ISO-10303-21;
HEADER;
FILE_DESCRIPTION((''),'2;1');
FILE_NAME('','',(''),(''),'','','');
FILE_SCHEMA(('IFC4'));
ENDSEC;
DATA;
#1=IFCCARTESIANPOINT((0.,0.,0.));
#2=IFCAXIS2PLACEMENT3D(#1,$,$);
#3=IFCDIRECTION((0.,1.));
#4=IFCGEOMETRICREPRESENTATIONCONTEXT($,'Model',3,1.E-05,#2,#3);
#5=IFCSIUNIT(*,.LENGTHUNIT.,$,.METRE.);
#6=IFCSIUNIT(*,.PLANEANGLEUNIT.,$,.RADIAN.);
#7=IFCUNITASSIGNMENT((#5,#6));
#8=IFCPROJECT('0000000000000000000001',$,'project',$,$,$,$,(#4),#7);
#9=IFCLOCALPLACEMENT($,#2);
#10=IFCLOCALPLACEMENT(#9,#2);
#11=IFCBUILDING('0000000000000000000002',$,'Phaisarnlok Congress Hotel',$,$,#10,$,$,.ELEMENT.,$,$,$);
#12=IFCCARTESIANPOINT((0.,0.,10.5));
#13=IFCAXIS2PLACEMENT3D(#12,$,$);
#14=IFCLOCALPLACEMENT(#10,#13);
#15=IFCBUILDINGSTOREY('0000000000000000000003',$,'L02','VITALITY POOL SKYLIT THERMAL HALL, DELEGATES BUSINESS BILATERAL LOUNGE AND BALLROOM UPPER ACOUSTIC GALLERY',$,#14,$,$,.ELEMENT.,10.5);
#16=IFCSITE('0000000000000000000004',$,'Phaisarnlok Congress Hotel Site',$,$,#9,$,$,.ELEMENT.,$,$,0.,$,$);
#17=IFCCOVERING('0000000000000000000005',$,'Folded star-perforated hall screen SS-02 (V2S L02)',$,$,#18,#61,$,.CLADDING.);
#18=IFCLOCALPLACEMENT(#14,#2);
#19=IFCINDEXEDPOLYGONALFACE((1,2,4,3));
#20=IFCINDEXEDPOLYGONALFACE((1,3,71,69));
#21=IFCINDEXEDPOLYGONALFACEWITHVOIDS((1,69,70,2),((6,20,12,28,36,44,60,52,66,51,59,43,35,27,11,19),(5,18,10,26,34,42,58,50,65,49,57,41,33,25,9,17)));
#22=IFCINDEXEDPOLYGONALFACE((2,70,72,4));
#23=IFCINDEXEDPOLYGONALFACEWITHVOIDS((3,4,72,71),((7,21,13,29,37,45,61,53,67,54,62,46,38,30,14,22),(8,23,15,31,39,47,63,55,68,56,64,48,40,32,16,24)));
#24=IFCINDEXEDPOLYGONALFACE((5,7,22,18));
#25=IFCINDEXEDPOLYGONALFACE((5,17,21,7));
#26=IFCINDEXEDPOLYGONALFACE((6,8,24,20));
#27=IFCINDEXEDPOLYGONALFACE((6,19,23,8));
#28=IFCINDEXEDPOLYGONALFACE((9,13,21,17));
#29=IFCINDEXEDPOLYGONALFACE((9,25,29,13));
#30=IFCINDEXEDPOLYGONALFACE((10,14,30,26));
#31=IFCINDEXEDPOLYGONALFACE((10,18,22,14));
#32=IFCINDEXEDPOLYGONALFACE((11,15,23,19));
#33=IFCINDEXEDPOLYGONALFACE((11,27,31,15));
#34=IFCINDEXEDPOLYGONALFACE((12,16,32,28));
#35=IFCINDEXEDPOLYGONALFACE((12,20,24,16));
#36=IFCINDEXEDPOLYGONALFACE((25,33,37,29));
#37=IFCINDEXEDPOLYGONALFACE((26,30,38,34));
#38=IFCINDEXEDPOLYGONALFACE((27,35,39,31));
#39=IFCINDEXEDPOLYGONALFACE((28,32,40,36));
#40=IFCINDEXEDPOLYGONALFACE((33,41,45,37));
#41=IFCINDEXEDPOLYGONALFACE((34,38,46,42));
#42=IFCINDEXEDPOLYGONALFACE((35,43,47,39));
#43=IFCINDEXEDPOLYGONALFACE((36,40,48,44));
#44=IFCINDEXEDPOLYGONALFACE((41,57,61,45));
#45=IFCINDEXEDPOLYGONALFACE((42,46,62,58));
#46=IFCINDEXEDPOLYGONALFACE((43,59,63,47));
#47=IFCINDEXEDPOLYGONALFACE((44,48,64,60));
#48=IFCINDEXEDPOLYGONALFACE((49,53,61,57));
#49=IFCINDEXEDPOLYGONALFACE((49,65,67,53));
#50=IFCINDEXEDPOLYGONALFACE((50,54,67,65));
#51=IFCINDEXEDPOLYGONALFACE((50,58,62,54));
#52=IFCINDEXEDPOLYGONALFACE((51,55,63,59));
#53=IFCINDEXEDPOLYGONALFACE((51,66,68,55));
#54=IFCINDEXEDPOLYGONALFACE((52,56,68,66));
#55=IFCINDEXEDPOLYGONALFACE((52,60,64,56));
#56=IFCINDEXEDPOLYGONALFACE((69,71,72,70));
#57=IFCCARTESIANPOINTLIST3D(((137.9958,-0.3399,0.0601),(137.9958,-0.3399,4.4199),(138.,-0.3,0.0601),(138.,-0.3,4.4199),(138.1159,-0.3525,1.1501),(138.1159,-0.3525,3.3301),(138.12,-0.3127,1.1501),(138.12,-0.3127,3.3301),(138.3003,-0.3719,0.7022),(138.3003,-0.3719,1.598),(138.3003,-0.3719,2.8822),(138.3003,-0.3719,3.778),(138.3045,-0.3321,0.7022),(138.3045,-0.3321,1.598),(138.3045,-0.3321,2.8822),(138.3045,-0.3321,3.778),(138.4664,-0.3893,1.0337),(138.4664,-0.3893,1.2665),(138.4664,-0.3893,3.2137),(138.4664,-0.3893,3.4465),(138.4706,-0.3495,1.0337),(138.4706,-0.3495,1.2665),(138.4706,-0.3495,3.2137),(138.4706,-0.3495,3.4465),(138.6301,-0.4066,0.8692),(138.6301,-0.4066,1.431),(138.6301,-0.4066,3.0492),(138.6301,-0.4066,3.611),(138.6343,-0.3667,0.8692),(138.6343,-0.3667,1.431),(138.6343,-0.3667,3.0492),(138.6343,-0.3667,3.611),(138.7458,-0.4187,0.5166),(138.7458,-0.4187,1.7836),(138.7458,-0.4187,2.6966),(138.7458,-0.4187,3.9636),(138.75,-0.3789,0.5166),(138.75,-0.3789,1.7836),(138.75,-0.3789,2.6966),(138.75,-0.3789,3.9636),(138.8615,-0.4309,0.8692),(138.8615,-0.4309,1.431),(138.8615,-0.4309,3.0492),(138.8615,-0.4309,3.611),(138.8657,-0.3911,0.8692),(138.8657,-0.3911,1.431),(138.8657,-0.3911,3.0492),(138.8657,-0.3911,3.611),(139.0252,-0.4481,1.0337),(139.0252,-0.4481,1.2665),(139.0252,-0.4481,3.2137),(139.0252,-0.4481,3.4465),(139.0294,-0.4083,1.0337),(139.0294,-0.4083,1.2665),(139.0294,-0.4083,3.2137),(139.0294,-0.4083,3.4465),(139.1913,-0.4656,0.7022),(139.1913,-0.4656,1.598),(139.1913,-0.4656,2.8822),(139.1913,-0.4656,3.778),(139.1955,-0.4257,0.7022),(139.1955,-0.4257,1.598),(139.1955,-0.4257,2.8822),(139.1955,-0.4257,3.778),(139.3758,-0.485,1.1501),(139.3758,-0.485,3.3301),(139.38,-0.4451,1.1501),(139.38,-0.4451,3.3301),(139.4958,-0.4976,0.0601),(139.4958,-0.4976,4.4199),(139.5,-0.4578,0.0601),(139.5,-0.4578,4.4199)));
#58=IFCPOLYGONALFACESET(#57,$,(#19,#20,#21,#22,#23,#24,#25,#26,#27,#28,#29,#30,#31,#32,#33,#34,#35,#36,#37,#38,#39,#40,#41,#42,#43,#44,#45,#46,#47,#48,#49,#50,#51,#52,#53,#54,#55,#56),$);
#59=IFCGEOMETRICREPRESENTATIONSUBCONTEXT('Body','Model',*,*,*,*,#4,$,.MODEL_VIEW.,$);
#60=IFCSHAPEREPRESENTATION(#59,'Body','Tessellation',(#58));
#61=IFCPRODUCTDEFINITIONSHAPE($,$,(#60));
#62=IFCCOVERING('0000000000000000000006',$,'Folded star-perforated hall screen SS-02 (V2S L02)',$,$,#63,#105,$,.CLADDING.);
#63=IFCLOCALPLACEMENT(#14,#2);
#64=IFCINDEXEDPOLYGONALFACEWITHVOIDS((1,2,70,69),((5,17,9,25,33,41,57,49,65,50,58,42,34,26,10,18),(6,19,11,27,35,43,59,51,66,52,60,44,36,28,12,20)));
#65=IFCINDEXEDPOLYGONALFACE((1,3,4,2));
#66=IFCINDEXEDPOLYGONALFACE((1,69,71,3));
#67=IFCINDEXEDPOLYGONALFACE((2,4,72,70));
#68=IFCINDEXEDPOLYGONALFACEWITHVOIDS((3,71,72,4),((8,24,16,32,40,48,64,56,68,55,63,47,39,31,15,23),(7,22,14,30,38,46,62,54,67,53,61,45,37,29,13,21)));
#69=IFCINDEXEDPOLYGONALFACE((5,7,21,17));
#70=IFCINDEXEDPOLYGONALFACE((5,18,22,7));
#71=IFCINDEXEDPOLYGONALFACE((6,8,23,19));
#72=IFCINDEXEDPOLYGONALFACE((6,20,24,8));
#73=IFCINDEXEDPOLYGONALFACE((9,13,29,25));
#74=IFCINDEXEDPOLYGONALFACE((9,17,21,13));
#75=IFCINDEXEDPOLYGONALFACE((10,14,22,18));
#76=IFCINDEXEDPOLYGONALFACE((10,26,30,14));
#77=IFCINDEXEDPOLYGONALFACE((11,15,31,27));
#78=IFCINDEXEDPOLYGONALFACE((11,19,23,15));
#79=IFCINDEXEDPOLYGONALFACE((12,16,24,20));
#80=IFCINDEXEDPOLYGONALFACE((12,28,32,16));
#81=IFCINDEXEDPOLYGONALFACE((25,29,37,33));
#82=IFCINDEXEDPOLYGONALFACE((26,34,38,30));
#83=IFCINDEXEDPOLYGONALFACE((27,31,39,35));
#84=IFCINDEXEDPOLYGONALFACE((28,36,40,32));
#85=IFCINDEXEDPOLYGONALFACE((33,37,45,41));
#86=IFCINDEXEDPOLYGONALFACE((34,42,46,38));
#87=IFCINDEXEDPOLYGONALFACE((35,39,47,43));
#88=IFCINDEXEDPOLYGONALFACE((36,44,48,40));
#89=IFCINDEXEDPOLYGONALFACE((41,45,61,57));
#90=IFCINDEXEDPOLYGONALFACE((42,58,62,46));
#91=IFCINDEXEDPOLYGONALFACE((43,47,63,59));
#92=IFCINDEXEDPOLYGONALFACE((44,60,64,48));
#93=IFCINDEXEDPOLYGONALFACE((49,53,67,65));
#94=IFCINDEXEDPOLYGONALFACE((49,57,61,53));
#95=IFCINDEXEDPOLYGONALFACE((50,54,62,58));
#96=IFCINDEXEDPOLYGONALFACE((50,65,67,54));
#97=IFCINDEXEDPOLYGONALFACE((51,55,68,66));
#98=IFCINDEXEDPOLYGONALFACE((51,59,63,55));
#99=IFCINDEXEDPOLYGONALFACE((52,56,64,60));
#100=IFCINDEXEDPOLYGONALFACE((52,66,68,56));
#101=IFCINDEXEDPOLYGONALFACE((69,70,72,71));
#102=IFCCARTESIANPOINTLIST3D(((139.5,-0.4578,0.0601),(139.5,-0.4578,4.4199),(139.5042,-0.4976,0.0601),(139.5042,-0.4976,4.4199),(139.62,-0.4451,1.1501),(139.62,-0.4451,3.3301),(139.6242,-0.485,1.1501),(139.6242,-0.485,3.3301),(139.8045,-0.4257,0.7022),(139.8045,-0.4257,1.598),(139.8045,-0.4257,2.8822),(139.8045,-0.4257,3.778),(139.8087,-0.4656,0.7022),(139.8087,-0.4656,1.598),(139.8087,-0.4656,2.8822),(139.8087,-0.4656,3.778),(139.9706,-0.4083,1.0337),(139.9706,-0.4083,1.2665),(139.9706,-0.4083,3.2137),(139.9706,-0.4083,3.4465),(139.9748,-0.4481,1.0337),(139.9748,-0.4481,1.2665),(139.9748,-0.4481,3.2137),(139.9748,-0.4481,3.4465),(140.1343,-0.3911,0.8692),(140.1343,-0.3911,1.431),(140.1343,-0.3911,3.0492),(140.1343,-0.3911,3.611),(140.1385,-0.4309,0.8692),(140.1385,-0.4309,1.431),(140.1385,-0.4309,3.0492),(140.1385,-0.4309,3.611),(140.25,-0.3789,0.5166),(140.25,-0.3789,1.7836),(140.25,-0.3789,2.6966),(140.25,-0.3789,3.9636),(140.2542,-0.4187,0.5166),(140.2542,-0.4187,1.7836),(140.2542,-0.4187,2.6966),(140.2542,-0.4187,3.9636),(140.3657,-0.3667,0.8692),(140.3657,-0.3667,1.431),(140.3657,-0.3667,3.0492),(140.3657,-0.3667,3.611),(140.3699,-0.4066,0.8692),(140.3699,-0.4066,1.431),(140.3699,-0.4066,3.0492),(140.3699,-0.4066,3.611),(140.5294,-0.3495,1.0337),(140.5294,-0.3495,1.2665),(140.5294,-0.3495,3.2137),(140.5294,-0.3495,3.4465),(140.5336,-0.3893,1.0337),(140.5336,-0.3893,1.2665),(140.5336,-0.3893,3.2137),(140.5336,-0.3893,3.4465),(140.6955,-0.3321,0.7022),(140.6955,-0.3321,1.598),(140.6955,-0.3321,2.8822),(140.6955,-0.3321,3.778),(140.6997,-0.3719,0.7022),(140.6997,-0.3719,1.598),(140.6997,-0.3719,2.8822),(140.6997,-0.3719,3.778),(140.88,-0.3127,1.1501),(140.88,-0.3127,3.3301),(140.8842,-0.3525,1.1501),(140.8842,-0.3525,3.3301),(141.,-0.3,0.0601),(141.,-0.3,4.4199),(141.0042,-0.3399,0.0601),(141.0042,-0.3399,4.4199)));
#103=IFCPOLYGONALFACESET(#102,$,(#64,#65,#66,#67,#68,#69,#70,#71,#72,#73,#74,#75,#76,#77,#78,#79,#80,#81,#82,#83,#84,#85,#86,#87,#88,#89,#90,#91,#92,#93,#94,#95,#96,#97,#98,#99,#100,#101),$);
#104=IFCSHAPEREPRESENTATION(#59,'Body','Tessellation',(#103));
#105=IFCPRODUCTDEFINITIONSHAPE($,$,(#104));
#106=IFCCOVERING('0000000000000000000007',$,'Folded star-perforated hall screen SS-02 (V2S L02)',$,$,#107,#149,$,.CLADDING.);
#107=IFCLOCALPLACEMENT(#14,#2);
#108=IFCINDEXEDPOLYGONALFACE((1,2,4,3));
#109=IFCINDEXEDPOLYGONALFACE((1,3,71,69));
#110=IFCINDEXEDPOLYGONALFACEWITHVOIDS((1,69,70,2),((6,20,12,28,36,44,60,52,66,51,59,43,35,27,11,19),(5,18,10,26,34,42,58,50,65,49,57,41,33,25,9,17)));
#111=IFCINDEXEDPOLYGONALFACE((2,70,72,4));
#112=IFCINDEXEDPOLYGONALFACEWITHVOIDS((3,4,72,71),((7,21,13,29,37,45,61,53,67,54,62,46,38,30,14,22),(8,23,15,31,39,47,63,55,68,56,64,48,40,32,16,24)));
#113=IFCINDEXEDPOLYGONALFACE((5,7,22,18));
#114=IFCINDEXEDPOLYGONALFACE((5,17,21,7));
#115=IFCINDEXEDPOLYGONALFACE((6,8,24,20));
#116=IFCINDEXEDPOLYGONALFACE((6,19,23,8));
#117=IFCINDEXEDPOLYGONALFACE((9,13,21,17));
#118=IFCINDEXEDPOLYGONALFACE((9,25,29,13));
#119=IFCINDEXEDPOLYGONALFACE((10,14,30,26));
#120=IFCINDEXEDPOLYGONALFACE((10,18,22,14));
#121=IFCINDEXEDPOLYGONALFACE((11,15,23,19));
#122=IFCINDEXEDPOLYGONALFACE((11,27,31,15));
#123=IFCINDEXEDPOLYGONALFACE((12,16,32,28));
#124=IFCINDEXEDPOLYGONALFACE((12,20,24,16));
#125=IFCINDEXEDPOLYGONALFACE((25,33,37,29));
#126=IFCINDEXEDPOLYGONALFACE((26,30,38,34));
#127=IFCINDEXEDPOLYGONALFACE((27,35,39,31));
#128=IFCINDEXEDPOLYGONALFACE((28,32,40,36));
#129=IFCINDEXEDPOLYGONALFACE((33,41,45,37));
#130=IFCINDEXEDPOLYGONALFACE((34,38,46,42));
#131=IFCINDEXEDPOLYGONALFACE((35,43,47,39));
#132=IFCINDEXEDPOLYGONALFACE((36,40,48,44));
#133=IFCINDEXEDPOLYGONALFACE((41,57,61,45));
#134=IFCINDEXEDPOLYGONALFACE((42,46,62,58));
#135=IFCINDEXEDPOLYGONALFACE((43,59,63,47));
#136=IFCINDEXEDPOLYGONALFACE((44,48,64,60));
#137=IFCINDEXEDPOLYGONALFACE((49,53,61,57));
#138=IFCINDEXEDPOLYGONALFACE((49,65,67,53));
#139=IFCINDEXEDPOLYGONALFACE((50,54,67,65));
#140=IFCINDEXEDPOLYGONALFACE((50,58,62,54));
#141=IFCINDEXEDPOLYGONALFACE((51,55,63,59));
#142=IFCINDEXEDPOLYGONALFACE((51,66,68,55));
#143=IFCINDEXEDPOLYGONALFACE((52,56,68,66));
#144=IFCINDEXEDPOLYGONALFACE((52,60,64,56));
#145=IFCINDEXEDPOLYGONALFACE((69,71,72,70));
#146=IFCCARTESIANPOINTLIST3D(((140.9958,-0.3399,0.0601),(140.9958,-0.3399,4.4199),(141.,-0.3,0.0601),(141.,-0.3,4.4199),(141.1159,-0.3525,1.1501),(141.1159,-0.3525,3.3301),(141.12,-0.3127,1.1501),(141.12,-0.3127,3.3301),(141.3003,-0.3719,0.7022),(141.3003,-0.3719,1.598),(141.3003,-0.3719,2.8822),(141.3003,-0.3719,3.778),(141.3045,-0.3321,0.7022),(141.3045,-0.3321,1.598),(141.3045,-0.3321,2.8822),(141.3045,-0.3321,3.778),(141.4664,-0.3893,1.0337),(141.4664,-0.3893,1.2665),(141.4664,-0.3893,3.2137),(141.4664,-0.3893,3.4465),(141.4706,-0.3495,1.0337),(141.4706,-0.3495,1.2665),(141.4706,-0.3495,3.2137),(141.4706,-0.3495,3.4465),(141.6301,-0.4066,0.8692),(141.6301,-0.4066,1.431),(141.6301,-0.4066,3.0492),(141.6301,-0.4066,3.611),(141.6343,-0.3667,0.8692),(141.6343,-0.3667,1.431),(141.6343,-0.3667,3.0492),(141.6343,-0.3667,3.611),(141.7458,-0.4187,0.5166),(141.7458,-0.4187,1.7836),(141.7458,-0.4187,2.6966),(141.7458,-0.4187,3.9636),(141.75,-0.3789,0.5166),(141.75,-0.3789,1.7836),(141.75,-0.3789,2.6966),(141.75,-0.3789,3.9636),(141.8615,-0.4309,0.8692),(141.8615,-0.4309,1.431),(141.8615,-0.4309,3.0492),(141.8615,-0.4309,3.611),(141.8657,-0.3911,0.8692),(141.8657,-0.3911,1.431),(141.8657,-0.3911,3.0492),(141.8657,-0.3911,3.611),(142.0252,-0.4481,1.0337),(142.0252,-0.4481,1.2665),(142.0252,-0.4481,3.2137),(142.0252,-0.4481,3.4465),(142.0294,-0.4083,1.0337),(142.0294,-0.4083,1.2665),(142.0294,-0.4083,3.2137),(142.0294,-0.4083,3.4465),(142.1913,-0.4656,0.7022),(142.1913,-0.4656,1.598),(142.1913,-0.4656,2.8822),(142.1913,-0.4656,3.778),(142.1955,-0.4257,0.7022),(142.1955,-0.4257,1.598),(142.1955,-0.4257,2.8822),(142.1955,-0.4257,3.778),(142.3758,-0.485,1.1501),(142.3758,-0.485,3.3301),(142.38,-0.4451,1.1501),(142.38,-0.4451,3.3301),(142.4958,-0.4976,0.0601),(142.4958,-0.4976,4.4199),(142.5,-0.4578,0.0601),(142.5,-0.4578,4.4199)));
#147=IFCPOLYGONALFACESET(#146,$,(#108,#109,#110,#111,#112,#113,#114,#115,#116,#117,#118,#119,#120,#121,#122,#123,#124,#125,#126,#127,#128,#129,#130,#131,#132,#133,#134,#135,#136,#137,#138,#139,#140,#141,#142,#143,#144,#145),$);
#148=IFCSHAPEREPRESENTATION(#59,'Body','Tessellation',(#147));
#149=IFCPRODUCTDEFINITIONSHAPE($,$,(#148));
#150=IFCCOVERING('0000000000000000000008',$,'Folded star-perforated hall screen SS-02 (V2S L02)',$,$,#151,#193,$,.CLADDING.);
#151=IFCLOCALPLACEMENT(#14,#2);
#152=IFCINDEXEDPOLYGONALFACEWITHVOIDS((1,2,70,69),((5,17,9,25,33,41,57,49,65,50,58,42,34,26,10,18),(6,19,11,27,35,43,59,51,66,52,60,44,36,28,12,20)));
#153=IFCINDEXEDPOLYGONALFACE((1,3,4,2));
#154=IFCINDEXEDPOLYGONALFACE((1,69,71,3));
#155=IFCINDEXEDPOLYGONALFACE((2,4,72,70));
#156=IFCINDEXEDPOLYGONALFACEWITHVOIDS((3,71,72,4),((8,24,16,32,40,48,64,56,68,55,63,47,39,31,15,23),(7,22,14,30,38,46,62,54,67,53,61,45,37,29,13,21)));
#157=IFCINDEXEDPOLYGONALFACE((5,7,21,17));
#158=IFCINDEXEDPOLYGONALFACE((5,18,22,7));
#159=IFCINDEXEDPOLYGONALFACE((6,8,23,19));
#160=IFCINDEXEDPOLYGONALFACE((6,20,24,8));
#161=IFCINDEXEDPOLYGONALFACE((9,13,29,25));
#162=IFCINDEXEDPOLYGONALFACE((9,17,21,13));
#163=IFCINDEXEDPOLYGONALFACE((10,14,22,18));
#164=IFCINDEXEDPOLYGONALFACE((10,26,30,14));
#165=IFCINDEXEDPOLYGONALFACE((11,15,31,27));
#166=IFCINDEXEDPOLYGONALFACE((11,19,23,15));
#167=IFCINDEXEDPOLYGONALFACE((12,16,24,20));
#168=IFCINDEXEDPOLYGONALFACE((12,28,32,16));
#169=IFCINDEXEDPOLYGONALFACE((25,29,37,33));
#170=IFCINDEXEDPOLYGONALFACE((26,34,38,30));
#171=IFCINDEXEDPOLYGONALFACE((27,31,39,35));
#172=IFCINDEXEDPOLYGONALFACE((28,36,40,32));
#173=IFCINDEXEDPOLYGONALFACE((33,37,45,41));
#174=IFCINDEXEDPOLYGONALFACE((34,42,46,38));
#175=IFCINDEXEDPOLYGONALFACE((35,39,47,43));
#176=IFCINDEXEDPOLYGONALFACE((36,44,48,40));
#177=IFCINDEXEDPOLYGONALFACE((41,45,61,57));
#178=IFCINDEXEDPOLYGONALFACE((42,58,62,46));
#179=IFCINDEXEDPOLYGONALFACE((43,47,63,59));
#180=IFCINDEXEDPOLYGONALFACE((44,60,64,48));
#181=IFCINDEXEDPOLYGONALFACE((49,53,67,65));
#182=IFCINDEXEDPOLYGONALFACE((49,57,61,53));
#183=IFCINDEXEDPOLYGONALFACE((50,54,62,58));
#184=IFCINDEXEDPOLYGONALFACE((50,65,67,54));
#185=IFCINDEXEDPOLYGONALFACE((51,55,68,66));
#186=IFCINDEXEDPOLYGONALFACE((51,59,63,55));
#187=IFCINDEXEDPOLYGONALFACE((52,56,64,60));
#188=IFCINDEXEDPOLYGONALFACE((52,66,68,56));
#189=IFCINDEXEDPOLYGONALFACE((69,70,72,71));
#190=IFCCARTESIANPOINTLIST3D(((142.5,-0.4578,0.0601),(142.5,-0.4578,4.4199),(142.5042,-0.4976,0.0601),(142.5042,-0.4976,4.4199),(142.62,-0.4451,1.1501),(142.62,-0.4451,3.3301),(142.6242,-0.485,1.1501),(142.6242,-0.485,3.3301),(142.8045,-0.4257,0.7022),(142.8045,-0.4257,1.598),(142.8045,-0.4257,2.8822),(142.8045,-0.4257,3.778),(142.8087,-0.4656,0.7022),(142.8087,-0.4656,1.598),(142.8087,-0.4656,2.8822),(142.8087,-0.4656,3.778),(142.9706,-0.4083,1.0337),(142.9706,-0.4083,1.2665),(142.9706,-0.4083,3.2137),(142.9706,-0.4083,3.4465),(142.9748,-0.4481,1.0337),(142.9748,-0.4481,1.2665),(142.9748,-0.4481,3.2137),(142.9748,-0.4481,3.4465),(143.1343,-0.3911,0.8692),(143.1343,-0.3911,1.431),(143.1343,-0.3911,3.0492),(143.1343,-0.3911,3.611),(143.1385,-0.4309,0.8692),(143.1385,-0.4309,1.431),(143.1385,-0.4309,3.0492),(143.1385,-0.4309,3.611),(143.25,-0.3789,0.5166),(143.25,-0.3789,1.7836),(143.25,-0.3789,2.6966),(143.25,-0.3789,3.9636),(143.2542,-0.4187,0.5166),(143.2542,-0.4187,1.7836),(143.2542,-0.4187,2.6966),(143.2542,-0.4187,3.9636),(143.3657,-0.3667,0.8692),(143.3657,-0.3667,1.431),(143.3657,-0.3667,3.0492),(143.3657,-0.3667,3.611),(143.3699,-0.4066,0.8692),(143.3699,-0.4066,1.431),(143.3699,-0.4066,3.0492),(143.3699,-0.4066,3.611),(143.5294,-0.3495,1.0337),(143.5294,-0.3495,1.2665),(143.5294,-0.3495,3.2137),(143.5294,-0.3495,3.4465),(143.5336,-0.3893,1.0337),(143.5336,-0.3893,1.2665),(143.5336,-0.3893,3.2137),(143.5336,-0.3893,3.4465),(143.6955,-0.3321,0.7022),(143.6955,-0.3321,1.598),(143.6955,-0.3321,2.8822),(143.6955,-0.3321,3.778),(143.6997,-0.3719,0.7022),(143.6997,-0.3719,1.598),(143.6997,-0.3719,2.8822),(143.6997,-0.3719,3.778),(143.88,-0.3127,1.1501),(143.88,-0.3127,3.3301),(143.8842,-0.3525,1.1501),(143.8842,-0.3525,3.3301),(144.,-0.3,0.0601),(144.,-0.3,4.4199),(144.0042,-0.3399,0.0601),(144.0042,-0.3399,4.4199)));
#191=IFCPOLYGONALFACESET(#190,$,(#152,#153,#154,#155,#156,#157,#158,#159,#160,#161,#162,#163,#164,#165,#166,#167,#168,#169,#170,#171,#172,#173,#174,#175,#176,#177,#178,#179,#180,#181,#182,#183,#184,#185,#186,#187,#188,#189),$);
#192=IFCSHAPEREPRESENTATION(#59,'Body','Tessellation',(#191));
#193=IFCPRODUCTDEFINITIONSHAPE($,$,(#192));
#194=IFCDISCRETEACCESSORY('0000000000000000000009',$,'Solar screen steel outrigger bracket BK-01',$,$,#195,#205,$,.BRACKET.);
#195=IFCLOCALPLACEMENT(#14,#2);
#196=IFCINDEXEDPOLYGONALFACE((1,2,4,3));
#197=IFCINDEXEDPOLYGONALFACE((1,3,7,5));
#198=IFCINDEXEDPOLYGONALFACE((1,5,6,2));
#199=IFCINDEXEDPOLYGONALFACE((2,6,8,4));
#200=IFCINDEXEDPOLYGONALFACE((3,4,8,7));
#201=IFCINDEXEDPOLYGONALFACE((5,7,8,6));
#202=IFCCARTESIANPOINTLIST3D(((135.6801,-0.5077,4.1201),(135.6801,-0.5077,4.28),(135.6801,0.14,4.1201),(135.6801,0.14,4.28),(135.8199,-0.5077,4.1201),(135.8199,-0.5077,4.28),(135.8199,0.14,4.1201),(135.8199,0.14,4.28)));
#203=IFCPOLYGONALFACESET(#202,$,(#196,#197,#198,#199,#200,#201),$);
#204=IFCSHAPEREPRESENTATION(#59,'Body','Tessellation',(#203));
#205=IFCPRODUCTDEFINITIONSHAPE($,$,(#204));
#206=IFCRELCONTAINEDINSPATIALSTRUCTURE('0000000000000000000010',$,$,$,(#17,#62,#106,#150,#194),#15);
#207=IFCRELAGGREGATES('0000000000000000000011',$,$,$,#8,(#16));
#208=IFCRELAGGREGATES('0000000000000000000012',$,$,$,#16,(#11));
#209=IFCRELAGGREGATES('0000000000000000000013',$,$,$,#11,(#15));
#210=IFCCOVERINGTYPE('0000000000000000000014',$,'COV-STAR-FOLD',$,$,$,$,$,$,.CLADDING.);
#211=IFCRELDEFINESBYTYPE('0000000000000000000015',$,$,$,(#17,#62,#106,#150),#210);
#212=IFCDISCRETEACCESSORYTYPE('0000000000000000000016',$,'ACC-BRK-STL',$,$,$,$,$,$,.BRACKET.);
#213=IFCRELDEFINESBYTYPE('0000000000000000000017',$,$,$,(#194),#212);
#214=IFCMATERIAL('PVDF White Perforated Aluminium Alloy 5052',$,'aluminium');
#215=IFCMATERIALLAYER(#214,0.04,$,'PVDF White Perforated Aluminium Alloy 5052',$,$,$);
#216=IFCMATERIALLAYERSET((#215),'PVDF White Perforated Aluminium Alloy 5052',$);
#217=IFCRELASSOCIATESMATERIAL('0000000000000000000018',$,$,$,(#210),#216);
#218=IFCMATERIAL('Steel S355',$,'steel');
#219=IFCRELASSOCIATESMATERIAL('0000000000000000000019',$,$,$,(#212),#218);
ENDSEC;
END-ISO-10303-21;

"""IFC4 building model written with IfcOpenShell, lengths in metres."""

from ifc_helpers import new_model, si_unit, direction, frame, origin, origin_2d, place, context, subcontext, project, spatial, polyline, rectangle, outline, extrude, material, layer, layer_set, type_object, element, save


model = new_model("IFC4")

# Units and contexts
model_context = context("Model", 3, precision=1e-05, world=origin(), true_north=direction((0.0, 1.0)))
body_context = subcontext(model_context, "Body", "Model", "MODEL_VIEW")
ifc_project = project(units=[si_unit("LENGTHUNIT", "METRE"), si_unit("PLANEANGLEUNIT", "RADIAN")], contexts=[model_context])

# Site, building, storey
site_placement = place(None, origin())
site = spatial("IfcSite", under=ifc_project, at=site_placement, Name="Phaisarnlok Congress Hotel Site", CompositionType="ELEMENT", RefElevation=0.0)
building_placement = place(site_placement, origin())
building = spatial("IfcBuilding", under=site, at=building_placement, Name="Phaisarnlok Congress Hotel", CompositionType="ELEMENT")
storey_placement = place(building_placement, frame((0.0, 0.0, 10.5)))
storey = spatial("IfcBuildingStorey", under=building, at=storey_placement, Name="L02", Description="VITALITY POOL SKYLIT THERMAL HALL, DELEGATES BUSINESS BILATERAL LOUNGE AND BALLROOM UPPER ACOUSTIC GALLERY", CompositionType="ELEMENT", Elevation=10.5)

# Shared definitions
ifc_material_1 = material(Name="Steel S355", Category="steel")

# Coverings
ifc_material_2 = material(Name="PVDF White Perforated Aluminium Alloy 5052", Category="aluminium")
ifc_layer_1 = layer(ifc_material_2, 0.04, Name="PVDF White Perforated Aluminium Alloy 5052")
ifc_layer_set_1 = layer_set([ifc_layer_1], Name="PVDF White Perforated Aluminium Alloy 5052")
covering_type = type_object("IfcCoveringType", Name="COV-STAR-FOLD", PredefinedType="CLADDING", material=ifc_layer_set_1)
for number, where, z_axis, x_axis, name in (
    (1, (138.0, -0.3, 0.0601), (-0.104567, -0.994518, 0.0), (0.994518, -0.104567, 0.0), "Folded star-perforated hall screen SS-02 (V2S L02)"),
    (2, (139.5, -0.4578, 0.0601), (0.104567, -0.994518, 0.0), (0.994518, 0.104567, 0.0), "Folded star-perforated hall screen SS-02 (V2S L02)"),
    (3, (141.0, -0.3, 0.0601), (-0.104567, -0.994518, 0.0), (0.994518, -0.104567, 0.0), "Folded star-perforated hall screen SS-02 (V2S L02)"),
    (4, (142.5, -0.4578, 0.0601), (0.104567, -0.994518, 0.0), (0.994518, 0.104567, 0.0), "Folded star-perforated hall screen SS-02 (V2S L02)"),
):
    element("IfcCovering", number, at=place(storey_placement, frame(where, z_axis=z_axis, x_axis=x_axis)), inside=storey, type_object=covering_type, Name=name, PredefinedType="CLADDING", context=body_context, shape_type="SweptSolid", body=[
        extrude(outline(polyline([(0.0, 0.0), (1.5083, 0.0), (1.5083, 4.3599), (0.0, 4.3599), (0.0, 0.0)]), holes=[polyline([(1.0351, 0.9736), (1.2021, 0.6421), (0.8705, 0.8091), (0.7541, 0.4565), (0.6378, 0.8091), (0.3062, 0.6421), (0.4732, 0.9736), (0.1207, 1.09), (0.4732, 1.2064), (0.3062, 1.5379), (0.6378, 1.3709), (0.7541, 1.7235), (0.8705, 1.3709), (1.2021, 1.5379), (1.0351, 1.2064), (1.3876, 1.09), (1.0351, 0.9736)]), polyline([(1.0351, 3.1536), (1.2021, 2.8221), (0.8705, 2.9891), (0.7541, 2.6365), (0.6378, 2.9891), (0.3062, 2.8221), (0.4732, 3.1536), (0.1207, 3.27), (0.4732, 3.3864), (0.3062, 3.7179), (0.6378, 3.5509), (0.7541, 3.9035), (0.8705, 3.5509), (1.2021, 3.7179), (1.0351, 3.3864), (1.3876, 3.27), (1.0351, 3.1536)])]), origin(), (0.0, 0.0, 1.0), 0.04),
    ])

# Discrete accessory
discrete_accessory_type = type_object("IfcDiscreteAccessoryType", Name="ACC-BRK-STL", PredefinedType="BRACKET", material=ifc_material_1)
for number, where, z_axis, x_axis, name in (
    (5, (135.75, -0.1838, 4.1201), (0.0, 0.0, 1.0), (1.0, 0.0, 0.0), "Solar screen steel outrigger bracket BK-01"),
):
    element("IfcDiscreteAccessory", number, at=place(storey_placement, frame(where, z_axis=z_axis, x_axis=x_axis)), inside=storey, type_object=discrete_accessory_type, Name=name, PredefinedType="BRACKET", context=body_context, shape_type="SweptSolid", body=[
        extrude(rectangle(XDim=0.1399, YDim=0.6477, at=origin_2d()), origin(), (0.0, 0.0, 1.0), 0.1599),
    ])

save(model, "model.ifc")
